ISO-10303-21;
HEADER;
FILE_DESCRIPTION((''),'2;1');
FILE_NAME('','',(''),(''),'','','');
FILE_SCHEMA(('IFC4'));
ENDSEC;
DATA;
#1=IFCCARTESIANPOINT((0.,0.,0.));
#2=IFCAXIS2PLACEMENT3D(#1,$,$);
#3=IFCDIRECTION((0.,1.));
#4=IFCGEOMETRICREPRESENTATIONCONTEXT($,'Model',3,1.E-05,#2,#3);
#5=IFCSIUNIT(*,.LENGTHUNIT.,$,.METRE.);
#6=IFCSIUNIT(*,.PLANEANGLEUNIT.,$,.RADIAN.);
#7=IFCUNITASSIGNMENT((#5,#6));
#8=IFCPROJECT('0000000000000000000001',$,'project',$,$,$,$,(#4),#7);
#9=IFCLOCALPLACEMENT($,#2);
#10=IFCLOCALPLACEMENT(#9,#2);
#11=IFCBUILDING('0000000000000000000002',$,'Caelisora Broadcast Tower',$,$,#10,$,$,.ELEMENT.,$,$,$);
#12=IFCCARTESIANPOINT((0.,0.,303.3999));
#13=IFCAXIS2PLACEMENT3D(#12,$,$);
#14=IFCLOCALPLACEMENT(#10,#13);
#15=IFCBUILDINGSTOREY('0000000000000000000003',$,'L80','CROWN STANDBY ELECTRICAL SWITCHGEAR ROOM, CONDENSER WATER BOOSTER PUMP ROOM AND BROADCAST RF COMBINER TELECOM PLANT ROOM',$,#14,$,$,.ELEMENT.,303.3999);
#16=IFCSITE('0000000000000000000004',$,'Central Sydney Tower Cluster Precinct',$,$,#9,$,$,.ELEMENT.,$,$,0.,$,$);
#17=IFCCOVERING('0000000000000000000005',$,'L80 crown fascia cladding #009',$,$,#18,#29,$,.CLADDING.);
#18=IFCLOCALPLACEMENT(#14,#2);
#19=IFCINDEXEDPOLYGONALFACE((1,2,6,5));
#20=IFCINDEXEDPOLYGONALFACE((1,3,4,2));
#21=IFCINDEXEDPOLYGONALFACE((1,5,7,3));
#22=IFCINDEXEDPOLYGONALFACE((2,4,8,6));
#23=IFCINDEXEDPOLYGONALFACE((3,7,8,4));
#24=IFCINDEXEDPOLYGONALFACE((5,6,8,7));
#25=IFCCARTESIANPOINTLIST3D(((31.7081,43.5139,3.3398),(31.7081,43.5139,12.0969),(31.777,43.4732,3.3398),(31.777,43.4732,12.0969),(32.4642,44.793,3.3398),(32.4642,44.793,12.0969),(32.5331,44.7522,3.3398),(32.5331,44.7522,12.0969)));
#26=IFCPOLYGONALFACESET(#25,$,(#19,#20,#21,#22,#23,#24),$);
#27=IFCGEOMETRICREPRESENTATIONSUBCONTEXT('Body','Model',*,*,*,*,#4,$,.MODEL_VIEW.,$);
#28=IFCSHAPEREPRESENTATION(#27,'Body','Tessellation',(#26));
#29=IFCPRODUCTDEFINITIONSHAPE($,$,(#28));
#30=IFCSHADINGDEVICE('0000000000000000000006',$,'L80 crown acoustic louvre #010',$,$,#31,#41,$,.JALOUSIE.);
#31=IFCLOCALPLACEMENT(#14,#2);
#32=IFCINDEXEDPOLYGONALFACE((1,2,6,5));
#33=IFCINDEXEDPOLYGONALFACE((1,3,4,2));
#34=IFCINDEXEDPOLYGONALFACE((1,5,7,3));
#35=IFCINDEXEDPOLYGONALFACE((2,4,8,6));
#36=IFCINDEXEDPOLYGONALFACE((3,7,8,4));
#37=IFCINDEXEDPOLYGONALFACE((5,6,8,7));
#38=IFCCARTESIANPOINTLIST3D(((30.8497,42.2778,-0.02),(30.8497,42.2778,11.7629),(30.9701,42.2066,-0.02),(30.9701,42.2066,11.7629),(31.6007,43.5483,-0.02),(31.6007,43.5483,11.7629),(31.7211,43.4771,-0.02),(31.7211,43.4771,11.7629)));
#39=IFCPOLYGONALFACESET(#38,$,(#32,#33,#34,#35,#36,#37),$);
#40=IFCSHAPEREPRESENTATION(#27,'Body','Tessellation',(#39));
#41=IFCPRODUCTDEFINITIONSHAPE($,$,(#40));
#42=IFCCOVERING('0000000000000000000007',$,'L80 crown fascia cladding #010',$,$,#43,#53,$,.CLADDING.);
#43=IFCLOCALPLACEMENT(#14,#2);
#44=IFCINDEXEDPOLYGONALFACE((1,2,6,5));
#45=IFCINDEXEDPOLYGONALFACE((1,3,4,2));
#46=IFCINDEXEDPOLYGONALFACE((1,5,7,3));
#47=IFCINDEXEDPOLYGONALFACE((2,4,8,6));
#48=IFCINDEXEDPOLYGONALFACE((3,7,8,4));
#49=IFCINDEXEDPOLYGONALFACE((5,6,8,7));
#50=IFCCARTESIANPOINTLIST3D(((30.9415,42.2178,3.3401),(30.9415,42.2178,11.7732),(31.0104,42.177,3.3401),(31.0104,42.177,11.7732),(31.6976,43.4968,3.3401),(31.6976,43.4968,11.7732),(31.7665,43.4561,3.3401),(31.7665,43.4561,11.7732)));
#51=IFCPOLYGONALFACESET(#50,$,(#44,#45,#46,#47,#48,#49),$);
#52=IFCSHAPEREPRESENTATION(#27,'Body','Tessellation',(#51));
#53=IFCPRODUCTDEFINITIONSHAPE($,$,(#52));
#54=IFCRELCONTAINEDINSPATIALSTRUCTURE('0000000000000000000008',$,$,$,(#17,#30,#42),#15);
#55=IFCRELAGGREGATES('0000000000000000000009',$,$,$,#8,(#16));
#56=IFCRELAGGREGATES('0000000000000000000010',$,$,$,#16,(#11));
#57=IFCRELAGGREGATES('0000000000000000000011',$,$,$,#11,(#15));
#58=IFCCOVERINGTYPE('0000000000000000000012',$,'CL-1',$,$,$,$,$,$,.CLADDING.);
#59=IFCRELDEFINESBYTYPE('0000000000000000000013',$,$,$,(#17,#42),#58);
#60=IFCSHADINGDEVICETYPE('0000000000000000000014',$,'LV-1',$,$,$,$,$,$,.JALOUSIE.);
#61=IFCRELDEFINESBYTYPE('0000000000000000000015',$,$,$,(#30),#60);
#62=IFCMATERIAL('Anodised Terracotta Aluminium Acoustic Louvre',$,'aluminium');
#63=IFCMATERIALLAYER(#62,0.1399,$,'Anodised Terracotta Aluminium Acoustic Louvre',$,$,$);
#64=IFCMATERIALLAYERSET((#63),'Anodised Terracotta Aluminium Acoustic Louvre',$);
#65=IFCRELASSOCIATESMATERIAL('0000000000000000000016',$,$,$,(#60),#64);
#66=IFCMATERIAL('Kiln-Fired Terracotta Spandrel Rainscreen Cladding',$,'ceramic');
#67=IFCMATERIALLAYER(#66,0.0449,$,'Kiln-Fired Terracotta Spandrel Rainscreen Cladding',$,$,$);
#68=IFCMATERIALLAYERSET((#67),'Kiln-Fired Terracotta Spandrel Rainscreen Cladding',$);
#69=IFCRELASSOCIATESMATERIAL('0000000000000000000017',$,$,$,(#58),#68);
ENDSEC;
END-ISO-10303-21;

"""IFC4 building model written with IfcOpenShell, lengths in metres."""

from ifc_helpers import new_model, si_unit, direction, frame, origin, origin_2d, place, context, subcontext, project, spatial, rectangle, extrude, source, transform, mapped, material, layer, layer_set, type_object, element, save


model = new_model("IFC4")

# Units and contexts
model_context = context("Model", 3, precision=1e-05, world=origin(), true_north=direction((0.0, 1.0)))
body_context = subcontext(model_context, "Body", "Model", "MODEL_VIEW")
ifc_project = project(units=[si_unit("LENGTHUNIT", "METRE"), si_unit("PLANEANGLEUNIT", "RADIAN")], contexts=[model_context])

# Site, building, storey
site_placement = place(None, origin())
site = spatial("IfcSite", under=ifc_project, at=site_placement, Name="Central Sydney Tower Cluster Precinct", CompositionType="ELEMENT", RefElevation=0.0)
building_placement = place(site_placement, origin())
building = spatial("IfcBuilding", under=site, at=building_placement, Name="Caelisora Broadcast Tower", CompositionType="ELEMENT")
storey_placement = place(building_placement, frame((0.0, 0.0, 303.3999)))
storey = spatial("IfcBuildingStorey", under=building, at=storey_placement, Name="L80", Description="CROWN STANDBY ELECTRICAL SWITCHGEAR ROOM, CONDENSER WATER BOOSTER PUMP ROOM AND BROADCAST RF COMBINER TELECOM PLANT ROOM", CompositionType="ELEMENT", Elevation=303.3999)

# Shared definitions
ifc_material_1 = material(Name="Anodised Terracotta Aluminium Acoustic Louvre", Category="aluminium")
ifc_layer_1 = layer(ifc_material_1, 0.1399, Name="Anodised Terracotta Aluminium Acoustic Louvre")
ifc_layer_set_1 = layer_set([ifc_layer_1], Name="Anodised Terracotta Aluminium Acoustic Louvre")
shading_device_type = type_object("IfcShadingDeviceType", Name="LV-1", PredefinedType="JALOUSIE", material=ifc_layer_set_1)

# Shared definitions
ifc_material_2 = material(Name="Kiln-Fired Terracotta Spandrel Rainscreen Cladding", Category="ceramic")
ifc_layer_2 = layer(ifc_material_2, 0.0449, Name="Kiln-Fired Terracotta Spandrel Rainscreen Cladding")
ifc_layer_set_2 = layer_set([ifc_layer_2], Name="Kiln-Fired Terracotta Spandrel Rainscreen Cladding")
covering_type = type_object("IfcCoveringType", Name="CL-1", PredefinedType="CLADDING", material=ifc_layer_set_2)

# Covering
shared_shape_1 = source(origin(), body_context, "Body", "SweptSolid", [
    extrude(rectangle(XDim=1.4858, YDim=0.0801, at=origin_2d()), origin(), (0.0, 0.0, 1.0), 8.7571),
])
covering_1_placement = place(storey_placement, frame((32.1206, 44.1331, 3.3398), z_axis=(0.0, 0.0, 1.0), x_axis=(-0.508891, -0.860831, 0.0)))
element("IfcCovering", 1, at=covering_1_placement, inside=storey, type_object=covering_type, Name="L80 crown fascia cladding #009", PredefinedType="CLADDING", context=body_context, shape_type="MappedRepresentation", body=[
    mapped(shared_shape_1, transform((0.0, 0.0, 0.0), scale=1.0)),
])

# Shading device
shared_shape_2 = source(origin(), body_context, "Body", "SweptSolid", [
    extrude(rectangle(XDim=1.4758, YDim=0.1399, at=origin_2d()), origin(), (0.0, 0.0, 1.0), 11.783),
])
shading_device_1_placement = place(storey_placement, frame((31.2854, 42.8774, -0.02), z_axis=(0.0, 0.0, 1.0), x_axis=(-0.508891, -0.860831, 0.0)))
element("IfcShadingDevice", 2, at=shading_device_1_placement, inside=storey, type_object=shading_device_type, Name="L80 crown acoustic louvre #010", PredefinedType="JALOUSIE", context=body_context, shape_type="MappedRepresentation", body=[
    mapped(shared_shape_2, transform((0.0, 0.0, 0.0), scale=1.0)),
])

# Covering
shared_shape_3 = source(origin(), body_context, "Body", "SweptSolid", [
    extrude(rectangle(XDim=1.4858, YDim=0.0801, at=origin_2d()), origin(), (0.0, 0.0, 1.0), 8.4331),
])
covering_2_placement = place(storey_placement, frame((31.354, 42.8369, 3.3401), z_axis=(0.0, 0.0, 1.0), x_axis=(-0.508891, -0.860831, 0.0)))
element("IfcCovering", 3, at=covering_2_placement, inside=storey, type_object=covering_type, Name="L80 crown fascia cladding #010", PredefinedType="CLADDING", context=body_context, shape_type="MappedRepresentation", body=[
    mapped(shared_shape_3, transform((0.0, 0.0, 0.0), scale=1.0)),
])

save(model, "model.ifc")
